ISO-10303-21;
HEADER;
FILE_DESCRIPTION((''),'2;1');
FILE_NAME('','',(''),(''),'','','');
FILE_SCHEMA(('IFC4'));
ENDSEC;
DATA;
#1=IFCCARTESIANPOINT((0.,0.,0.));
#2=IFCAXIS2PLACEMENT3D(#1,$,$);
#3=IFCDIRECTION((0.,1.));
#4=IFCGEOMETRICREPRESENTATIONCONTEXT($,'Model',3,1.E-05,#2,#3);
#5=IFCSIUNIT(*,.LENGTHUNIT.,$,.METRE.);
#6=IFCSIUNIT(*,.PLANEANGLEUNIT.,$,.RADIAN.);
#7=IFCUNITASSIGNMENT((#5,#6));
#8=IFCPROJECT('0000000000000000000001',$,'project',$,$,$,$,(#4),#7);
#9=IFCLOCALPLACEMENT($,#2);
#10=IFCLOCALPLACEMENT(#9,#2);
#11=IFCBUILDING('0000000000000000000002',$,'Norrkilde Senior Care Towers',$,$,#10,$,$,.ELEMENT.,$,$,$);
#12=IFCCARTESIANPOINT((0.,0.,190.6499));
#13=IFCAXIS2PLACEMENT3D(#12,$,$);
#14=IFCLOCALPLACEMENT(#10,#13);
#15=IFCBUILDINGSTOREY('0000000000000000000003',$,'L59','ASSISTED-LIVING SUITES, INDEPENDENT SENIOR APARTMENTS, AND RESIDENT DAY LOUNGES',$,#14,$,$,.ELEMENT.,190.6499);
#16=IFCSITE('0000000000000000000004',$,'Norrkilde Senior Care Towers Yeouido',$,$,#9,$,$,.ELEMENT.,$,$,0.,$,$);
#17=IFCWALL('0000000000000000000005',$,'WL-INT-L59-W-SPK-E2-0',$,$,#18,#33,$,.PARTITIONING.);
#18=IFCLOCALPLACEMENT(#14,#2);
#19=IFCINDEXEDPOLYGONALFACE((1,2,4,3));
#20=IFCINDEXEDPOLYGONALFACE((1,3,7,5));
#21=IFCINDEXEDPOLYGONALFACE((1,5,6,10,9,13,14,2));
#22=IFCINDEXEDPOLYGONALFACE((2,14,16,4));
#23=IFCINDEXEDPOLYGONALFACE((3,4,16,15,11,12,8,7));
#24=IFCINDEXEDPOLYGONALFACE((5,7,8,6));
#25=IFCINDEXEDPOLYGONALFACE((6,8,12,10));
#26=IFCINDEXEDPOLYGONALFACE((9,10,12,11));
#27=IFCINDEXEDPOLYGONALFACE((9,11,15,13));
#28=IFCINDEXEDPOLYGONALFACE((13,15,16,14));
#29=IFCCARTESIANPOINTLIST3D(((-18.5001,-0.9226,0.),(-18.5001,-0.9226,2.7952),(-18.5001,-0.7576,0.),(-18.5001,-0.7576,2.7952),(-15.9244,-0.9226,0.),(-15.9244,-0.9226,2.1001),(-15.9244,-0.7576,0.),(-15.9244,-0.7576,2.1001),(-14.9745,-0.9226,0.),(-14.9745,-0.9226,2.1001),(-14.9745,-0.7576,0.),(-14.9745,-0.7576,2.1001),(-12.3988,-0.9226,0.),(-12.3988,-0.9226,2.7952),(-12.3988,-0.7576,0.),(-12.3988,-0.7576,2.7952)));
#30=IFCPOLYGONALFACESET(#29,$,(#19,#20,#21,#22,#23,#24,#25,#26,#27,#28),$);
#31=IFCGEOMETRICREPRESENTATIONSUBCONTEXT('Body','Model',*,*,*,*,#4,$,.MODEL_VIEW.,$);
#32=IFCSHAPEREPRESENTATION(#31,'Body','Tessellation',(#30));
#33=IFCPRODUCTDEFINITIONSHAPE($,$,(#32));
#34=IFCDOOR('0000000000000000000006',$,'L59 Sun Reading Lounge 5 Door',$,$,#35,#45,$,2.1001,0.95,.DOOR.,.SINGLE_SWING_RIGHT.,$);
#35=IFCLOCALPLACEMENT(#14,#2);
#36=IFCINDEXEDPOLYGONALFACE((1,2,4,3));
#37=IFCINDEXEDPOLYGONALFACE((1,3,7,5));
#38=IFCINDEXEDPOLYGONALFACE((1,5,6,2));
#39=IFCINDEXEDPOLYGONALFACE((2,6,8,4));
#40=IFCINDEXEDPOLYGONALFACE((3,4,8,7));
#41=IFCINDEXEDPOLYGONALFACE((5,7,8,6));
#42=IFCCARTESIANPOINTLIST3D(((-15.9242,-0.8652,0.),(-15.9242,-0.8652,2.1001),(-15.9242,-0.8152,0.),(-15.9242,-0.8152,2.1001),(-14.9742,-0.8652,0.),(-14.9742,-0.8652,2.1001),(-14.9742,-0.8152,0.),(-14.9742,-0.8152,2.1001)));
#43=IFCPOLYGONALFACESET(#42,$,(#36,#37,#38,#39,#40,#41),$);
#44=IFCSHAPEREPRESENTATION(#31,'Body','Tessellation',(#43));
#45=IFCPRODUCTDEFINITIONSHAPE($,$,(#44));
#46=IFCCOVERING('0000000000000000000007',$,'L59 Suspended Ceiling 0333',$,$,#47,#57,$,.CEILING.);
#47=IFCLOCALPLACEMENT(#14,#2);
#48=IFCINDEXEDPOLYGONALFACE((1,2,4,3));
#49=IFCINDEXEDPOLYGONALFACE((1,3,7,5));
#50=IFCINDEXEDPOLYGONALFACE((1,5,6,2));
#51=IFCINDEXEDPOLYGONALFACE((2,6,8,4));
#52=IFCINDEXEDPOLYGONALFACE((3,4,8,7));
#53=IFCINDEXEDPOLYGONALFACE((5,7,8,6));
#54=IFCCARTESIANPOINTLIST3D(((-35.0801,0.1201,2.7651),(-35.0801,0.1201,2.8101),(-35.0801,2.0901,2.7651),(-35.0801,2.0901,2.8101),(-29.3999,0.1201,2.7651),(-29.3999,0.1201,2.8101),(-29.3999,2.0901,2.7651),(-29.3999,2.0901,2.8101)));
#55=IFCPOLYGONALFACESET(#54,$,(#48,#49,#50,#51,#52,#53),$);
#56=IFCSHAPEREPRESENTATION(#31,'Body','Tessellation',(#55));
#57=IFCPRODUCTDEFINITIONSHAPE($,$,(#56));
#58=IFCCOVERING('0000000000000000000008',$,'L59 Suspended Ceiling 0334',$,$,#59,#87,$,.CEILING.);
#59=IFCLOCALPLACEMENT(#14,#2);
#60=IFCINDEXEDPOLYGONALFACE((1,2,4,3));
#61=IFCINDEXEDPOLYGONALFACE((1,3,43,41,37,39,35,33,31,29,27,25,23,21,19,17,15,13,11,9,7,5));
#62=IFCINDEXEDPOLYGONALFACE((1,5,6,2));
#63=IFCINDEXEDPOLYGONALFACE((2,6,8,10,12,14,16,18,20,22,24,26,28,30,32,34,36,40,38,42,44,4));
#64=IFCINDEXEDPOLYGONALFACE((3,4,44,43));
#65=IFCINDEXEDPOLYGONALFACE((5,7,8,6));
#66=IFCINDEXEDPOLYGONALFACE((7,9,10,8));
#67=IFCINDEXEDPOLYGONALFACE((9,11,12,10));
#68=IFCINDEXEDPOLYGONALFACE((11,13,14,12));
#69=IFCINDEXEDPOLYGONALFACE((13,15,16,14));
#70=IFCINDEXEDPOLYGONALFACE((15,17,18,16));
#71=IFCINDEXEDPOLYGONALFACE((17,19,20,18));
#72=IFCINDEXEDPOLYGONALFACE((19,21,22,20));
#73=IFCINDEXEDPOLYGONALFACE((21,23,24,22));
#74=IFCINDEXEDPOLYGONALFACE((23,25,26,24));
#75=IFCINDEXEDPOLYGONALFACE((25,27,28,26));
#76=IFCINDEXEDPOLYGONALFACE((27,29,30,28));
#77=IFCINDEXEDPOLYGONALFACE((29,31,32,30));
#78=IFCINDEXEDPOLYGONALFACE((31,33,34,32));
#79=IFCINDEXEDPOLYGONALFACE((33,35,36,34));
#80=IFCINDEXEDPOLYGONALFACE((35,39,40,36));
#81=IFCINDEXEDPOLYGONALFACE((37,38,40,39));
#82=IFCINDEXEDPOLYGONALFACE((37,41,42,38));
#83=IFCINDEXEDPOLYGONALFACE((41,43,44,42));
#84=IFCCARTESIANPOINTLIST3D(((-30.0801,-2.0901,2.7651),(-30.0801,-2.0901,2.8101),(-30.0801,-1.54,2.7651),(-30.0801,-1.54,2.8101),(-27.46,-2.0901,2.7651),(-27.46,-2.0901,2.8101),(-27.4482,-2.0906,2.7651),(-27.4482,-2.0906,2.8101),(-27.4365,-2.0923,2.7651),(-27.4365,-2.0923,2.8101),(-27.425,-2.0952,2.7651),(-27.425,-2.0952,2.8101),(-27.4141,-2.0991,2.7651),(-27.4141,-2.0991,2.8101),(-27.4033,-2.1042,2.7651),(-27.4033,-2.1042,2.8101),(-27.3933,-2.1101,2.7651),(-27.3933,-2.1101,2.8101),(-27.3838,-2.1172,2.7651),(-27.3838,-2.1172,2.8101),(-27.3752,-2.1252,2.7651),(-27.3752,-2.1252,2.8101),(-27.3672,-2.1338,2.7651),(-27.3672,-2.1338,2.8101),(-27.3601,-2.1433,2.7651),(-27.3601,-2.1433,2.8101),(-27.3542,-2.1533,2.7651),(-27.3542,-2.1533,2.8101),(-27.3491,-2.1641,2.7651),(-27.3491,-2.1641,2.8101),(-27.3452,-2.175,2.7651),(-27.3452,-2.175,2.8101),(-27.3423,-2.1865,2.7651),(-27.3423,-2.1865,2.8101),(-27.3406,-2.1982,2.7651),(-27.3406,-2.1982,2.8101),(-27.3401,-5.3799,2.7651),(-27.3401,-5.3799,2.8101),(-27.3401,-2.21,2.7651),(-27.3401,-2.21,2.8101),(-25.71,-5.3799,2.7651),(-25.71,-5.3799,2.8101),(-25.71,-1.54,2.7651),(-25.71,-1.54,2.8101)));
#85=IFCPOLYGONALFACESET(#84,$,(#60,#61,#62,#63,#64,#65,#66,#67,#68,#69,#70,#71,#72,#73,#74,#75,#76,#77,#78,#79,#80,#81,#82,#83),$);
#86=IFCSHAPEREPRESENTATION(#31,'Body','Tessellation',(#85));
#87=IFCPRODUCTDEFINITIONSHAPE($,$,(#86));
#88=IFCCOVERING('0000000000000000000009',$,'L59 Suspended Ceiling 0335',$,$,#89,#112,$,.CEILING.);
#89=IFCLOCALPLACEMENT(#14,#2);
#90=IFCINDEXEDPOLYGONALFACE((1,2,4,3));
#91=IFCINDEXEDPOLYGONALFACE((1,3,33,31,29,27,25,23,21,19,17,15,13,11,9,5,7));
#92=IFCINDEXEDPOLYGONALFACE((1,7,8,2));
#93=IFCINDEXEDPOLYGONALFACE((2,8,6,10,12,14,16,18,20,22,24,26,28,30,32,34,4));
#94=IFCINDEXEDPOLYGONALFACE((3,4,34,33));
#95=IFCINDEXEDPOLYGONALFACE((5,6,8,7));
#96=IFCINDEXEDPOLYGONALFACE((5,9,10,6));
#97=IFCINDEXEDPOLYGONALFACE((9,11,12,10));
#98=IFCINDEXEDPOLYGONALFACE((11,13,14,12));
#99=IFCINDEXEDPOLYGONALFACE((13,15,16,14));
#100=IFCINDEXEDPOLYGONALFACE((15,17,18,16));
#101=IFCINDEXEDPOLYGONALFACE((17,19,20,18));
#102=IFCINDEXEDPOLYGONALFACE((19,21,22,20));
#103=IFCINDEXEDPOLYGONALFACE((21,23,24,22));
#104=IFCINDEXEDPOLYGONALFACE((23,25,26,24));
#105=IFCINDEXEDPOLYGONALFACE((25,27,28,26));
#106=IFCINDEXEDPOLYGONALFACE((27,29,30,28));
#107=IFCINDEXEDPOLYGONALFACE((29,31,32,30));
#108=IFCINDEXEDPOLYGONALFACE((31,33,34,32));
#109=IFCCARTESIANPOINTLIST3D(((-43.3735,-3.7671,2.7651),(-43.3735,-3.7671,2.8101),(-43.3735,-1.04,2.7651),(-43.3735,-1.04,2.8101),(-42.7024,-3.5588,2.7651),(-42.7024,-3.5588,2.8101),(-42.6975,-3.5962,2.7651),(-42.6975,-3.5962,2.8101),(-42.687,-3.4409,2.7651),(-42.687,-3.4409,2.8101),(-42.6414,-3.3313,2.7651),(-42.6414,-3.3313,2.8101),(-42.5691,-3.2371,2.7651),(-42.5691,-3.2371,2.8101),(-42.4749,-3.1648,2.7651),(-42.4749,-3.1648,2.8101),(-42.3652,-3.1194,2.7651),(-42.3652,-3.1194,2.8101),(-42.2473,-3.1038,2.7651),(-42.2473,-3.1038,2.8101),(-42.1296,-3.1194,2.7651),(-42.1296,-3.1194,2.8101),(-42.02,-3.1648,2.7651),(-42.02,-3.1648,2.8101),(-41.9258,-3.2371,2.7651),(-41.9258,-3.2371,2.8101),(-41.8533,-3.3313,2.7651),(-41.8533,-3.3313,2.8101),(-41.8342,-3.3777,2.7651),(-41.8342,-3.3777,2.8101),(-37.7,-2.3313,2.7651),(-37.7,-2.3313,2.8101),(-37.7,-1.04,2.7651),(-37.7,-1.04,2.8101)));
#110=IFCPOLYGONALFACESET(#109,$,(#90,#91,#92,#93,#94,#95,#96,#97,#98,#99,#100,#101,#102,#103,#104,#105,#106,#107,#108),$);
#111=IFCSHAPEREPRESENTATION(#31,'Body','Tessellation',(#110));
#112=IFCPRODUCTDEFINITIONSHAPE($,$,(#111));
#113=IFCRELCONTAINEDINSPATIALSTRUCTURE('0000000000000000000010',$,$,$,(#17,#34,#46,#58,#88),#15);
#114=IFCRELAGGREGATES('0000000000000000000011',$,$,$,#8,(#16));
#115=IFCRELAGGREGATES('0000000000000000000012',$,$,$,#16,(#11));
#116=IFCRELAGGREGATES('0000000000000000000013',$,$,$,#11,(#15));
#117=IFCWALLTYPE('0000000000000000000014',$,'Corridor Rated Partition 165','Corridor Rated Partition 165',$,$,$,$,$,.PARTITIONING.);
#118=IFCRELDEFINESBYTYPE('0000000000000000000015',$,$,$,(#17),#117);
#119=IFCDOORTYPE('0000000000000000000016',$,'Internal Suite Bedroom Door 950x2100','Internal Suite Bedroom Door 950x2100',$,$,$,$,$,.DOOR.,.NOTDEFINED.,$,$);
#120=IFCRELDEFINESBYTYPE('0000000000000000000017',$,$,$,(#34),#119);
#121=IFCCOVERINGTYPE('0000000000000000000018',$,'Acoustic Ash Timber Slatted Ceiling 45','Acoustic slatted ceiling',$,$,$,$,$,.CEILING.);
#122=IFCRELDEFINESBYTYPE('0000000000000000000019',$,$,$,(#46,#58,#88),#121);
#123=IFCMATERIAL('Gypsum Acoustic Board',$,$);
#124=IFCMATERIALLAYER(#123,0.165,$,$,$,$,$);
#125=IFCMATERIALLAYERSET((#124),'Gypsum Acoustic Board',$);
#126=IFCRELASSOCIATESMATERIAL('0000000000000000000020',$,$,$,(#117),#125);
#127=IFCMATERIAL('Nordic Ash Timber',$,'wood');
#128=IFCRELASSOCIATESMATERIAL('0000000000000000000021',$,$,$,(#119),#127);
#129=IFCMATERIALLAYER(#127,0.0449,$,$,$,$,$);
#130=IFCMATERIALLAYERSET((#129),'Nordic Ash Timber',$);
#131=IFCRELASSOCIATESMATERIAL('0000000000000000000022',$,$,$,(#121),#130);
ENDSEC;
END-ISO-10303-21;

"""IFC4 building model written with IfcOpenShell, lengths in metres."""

from ifc_helpers import new_model, si_unit, direction, frame, frame_2d, origin, place, context, subcontext, project, spatial, polyline, rectangle, outline, extrude, source, transform, mapped, material, layer, layer_set, type_object, type_shapes, element, fill, save


model = new_model("IFC4")

# Units and contexts
model_context = context("Model", 3, precision=1e-05, world=origin(), true_north=direction((0.0, 1.0)))
body_context = subcontext(model_context, "Body", "Model", "MODEL_VIEW")
ifc_project = project(units=[si_unit("LENGTHUNIT", "METRE"), si_unit("PLANEANGLEUNIT", "RADIAN")], contexts=[model_context])

# Site, building, storey
site_placement = place(None, origin())
site = spatial("IfcSite", under=ifc_project, at=site_placement, Name="Norrkilde Senior Care Towers Yeouido", CompositionType="ELEMENT", RefElevation=0.0)
building_placement = place(site_placement, origin())
building = spatial("IfcBuilding", under=site, at=building_placement, Name="Norrkilde Senior Care Towers", CompositionType="ELEMENT")
storey_placement = place(building_placement, frame((0.0, 0.0, 190.6499)))
storey = spatial("IfcBuildingStorey", under=building, at=storey_placement, Name="L59", Description="ASSISTED-LIVING SUITES, INDEPENDENT SENIOR APARTMENTS, AND RESIDENT DAY LOUNGES", CompositionType="ELEMENT", Elevation=190.6499)

# Wall, opening, door
ifc_material_1 = material(Name="Gypsum Acoustic Board")
ifc_layer_1 = layer(ifc_material_1, 0.165)
ifc_layer_set_1 = layer_set([ifc_layer_1], Name="Gypsum Acoustic Board")
wall_type = type_object("IfcWallType", Name="Corridor Rated Partition 165", Description="Corridor Rated Partition 165", PredefinedType="PARTITIONING", material=ifc_layer_set_1)
shared_shape_1 = source(origin(), body_context, "Body", "SweptSolid", [
    extrude(rectangle(XDim=6.1013, YDim=0.165, at=frame_2d((3.0508, 0.0))), origin(), (0.0, 0.0, 1.0), 2.7952),
])
type_shapes(wall_type, [shared_shape_1])
wall_placement = place(storey_placement, frame((-12.3987, -0.8401, 0.0), z_axis=(0.0, 0.0, 1.0), x_axis=(-1.0, 0.0, 0.0)))
wall = element("IfcWall", 1, at=wall_placement, inside=storey, type_object=wall_type, Name="WL-INT-L59-W-SPK-E2-0", PredefinedType="PARTITIONING", context=body_context, shape_type="MappedRepresentation", body=[
    mapped(shared_shape_1, transform((0.0, 0.0, 0.0), x_axis=(1.0, 0.0, 0.0), y_axis=(0.0, 1.0, 0.0), z_axis=(0.0, 0.0, 1.0), scale=1.0)),
])
opening_placement = place(wall_placement, frame((2.5757, 0.0, 0.0)))
opening = element("IfcOpeningElement", 2, at=opening_placement, cuts=wall, PredefinedType="OPENING", context=body_context, shape_type="SweptSolid", body=[
    extrude(rectangle(XDim=0.95, YDim=2.1001, at=frame_2d((0.4751, 1.05))), frame((0.0, 0.0925, 0.0), z_axis=(0.0, -1.0, 0.0), x_axis=(1.0, 0.0, 0.0)), (0.0, 0.0, 1.0), 0.1851),
])
ifc_material_2 = material(Name="Nordic Ash Timber", Category="wood")
door_type = type_object("IfcDoorType", Name="Internal Suite Bedroom Door 950x2100", Description="Internal Suite Bedroom Door 950x2100", OperationType="NOTDEFINED", PredefinedType="DOOR", material=ifc_material_2)
shared_shape_2 = source(origin(), body_context, "Body", "SweptSolid", [
    extrude(rectangle(XDim=0.95, YDim=2.1001, at=frame_2d((0.4751, 1.05))), frame((0.0, 0.0249, 0.0), z_axis=(0.0, -1.0, 0.0), x_axis=(1.0, 0.0, 0.0)), (0.0, 0.0, 1.0), 0.05),
])
type_shapes(door_type, [shared_shape_2])
door_placement = place(opening_placement, frame((0.95, 0.0, 0.0), z_axis=(0.0, 0.0, 1.0), x_axis=(-1.0, 0.0, 0.0)))
door = element("IfcDoor", 3, at=door_placement, inside=storey, type_object=door_type, Name="L59 Sun Reading Lounge 5 Door", OperationType="SINGLE_SWING_RIGHT", OverallHeight=2.1001, OverallWidth=0.95, PredefinedType="DOOR", context=body_context, shape_type="MappedRepresentation", body=[
    mapped(shared_shape_2, transform((0.0, 0.0, 0.0), x_axis=(1.0, 0.0, 0.0), y_axis=(0.0, 1.0, 0.0), z_axis=(0.0, 0.0, 1.0), scale=1.0)),
])
fill(opening, door)

# Coverings
ifc_layer_2 = layer(ifc_material_2, 0.0449)
ifc_layer_set_2 = layer_set([ifc_layer_2], Name="Nordic Ash Timber")
covering_type_1 = type_object("IfcCoveringType", Name="Acoustic Ash Timber Slatted Ceiling 45", Description="Acoustic slatted ceiling", PredefinedType="CEILING", material=ifc_layer_set_2)
covering_1_placement = place(storey_placement, frame((0.0, 0.0, 2.7651)))
element("IfcCovering", 4, at=covering_1_placement, inside=storey, type_object=covering_type_1, Name="L59 Suspended Ceiling 0333", PredefinedType="CEILING", context=body_context, shape_type="SweptSolid", body=[
    extrude(outline(polyline([(-29.3999, 0.1201), (-35.0801, 0.1201), (-35.0801, 2.0901), (-29.3999, 2.0901), (-29.3999, 0.1201)])), origin(), (0.0, 0.0, 1.0), 0.0449),
])
covering_2_placement = place(storey_placement, frame((0.0, 0.0, 2.7651)))
element("IfcCovering", 5, at=covering_2_placement, inside=storey, type_object=covering_type_1, Name="L59 Suspended Ceiling 0334", PredefinedType="CEILING", context=body_context, shape_type="SweptSolid", body=[
    extrude(outline(polyline([(-27.3452, -2.175), (-27.3491, -2.1641), (-27.3542, -2.1533), (-27.3601, -2.1433), (-27.3672, -2.1338), (-27.3752, -2.1252), (-27.3838, -2.1172), (-27.3933, -2.1101), (-27.4033, -2.1042), (-27.4141, -2.0991), (-27.425, -2.0952), (-27.4365, -2.0923), (-27.4482, -2.0906), (-27.46, -2.0901), (-30.0801, -2.0901), (-30.0801, -1.54), (-25.71, -1.54), (-25.71, -5.3799), (-27.3401, -5.3799), (-27.3401, -2.21), (-27.3406, -2.1982), (-27.3423, -2.1865), (-27.3452, -2.175)])), origin(), (0.0, 0.0, 1.0), 0.0449),
])
covering_3_placement = place(storey_placement, frame((0.0, 0.0, 2.7651)))
element("IfcCovering", 6, at=covering_3_placement, inside=storey, type_object=covering_type_1, Name="L59 Suspended Ceiling 0335", PredefinedType="CEILING", context=body_context, shape_type="SweptSolid", body=[
    extrude(outline(polyline([(-37.7, -1.04), (-37.7, -2.3313), (-41.8342, -3.3777), (-41.8533, -3.3313), (-41.9258, -3.2371), (-42.02, -3.1648), (-42.1296, -3.1194), (-42.2473, -3.1038), (-42.3652, -3.1194), (-42.4749, -3.1648), (-42.5691, -3.2371), (-42.6414, -3.3313), (-42.687, -3.4409), (-42.7024, -3.5588), (-42.6975, -3.5962), (-43.3735, -3.7671), (-43.3735, -1.04), (-37.7, -1.04)])), origin(), (0.0, 0.0, 1.0), 0.0449),
])

save(model, "model.ifc")
